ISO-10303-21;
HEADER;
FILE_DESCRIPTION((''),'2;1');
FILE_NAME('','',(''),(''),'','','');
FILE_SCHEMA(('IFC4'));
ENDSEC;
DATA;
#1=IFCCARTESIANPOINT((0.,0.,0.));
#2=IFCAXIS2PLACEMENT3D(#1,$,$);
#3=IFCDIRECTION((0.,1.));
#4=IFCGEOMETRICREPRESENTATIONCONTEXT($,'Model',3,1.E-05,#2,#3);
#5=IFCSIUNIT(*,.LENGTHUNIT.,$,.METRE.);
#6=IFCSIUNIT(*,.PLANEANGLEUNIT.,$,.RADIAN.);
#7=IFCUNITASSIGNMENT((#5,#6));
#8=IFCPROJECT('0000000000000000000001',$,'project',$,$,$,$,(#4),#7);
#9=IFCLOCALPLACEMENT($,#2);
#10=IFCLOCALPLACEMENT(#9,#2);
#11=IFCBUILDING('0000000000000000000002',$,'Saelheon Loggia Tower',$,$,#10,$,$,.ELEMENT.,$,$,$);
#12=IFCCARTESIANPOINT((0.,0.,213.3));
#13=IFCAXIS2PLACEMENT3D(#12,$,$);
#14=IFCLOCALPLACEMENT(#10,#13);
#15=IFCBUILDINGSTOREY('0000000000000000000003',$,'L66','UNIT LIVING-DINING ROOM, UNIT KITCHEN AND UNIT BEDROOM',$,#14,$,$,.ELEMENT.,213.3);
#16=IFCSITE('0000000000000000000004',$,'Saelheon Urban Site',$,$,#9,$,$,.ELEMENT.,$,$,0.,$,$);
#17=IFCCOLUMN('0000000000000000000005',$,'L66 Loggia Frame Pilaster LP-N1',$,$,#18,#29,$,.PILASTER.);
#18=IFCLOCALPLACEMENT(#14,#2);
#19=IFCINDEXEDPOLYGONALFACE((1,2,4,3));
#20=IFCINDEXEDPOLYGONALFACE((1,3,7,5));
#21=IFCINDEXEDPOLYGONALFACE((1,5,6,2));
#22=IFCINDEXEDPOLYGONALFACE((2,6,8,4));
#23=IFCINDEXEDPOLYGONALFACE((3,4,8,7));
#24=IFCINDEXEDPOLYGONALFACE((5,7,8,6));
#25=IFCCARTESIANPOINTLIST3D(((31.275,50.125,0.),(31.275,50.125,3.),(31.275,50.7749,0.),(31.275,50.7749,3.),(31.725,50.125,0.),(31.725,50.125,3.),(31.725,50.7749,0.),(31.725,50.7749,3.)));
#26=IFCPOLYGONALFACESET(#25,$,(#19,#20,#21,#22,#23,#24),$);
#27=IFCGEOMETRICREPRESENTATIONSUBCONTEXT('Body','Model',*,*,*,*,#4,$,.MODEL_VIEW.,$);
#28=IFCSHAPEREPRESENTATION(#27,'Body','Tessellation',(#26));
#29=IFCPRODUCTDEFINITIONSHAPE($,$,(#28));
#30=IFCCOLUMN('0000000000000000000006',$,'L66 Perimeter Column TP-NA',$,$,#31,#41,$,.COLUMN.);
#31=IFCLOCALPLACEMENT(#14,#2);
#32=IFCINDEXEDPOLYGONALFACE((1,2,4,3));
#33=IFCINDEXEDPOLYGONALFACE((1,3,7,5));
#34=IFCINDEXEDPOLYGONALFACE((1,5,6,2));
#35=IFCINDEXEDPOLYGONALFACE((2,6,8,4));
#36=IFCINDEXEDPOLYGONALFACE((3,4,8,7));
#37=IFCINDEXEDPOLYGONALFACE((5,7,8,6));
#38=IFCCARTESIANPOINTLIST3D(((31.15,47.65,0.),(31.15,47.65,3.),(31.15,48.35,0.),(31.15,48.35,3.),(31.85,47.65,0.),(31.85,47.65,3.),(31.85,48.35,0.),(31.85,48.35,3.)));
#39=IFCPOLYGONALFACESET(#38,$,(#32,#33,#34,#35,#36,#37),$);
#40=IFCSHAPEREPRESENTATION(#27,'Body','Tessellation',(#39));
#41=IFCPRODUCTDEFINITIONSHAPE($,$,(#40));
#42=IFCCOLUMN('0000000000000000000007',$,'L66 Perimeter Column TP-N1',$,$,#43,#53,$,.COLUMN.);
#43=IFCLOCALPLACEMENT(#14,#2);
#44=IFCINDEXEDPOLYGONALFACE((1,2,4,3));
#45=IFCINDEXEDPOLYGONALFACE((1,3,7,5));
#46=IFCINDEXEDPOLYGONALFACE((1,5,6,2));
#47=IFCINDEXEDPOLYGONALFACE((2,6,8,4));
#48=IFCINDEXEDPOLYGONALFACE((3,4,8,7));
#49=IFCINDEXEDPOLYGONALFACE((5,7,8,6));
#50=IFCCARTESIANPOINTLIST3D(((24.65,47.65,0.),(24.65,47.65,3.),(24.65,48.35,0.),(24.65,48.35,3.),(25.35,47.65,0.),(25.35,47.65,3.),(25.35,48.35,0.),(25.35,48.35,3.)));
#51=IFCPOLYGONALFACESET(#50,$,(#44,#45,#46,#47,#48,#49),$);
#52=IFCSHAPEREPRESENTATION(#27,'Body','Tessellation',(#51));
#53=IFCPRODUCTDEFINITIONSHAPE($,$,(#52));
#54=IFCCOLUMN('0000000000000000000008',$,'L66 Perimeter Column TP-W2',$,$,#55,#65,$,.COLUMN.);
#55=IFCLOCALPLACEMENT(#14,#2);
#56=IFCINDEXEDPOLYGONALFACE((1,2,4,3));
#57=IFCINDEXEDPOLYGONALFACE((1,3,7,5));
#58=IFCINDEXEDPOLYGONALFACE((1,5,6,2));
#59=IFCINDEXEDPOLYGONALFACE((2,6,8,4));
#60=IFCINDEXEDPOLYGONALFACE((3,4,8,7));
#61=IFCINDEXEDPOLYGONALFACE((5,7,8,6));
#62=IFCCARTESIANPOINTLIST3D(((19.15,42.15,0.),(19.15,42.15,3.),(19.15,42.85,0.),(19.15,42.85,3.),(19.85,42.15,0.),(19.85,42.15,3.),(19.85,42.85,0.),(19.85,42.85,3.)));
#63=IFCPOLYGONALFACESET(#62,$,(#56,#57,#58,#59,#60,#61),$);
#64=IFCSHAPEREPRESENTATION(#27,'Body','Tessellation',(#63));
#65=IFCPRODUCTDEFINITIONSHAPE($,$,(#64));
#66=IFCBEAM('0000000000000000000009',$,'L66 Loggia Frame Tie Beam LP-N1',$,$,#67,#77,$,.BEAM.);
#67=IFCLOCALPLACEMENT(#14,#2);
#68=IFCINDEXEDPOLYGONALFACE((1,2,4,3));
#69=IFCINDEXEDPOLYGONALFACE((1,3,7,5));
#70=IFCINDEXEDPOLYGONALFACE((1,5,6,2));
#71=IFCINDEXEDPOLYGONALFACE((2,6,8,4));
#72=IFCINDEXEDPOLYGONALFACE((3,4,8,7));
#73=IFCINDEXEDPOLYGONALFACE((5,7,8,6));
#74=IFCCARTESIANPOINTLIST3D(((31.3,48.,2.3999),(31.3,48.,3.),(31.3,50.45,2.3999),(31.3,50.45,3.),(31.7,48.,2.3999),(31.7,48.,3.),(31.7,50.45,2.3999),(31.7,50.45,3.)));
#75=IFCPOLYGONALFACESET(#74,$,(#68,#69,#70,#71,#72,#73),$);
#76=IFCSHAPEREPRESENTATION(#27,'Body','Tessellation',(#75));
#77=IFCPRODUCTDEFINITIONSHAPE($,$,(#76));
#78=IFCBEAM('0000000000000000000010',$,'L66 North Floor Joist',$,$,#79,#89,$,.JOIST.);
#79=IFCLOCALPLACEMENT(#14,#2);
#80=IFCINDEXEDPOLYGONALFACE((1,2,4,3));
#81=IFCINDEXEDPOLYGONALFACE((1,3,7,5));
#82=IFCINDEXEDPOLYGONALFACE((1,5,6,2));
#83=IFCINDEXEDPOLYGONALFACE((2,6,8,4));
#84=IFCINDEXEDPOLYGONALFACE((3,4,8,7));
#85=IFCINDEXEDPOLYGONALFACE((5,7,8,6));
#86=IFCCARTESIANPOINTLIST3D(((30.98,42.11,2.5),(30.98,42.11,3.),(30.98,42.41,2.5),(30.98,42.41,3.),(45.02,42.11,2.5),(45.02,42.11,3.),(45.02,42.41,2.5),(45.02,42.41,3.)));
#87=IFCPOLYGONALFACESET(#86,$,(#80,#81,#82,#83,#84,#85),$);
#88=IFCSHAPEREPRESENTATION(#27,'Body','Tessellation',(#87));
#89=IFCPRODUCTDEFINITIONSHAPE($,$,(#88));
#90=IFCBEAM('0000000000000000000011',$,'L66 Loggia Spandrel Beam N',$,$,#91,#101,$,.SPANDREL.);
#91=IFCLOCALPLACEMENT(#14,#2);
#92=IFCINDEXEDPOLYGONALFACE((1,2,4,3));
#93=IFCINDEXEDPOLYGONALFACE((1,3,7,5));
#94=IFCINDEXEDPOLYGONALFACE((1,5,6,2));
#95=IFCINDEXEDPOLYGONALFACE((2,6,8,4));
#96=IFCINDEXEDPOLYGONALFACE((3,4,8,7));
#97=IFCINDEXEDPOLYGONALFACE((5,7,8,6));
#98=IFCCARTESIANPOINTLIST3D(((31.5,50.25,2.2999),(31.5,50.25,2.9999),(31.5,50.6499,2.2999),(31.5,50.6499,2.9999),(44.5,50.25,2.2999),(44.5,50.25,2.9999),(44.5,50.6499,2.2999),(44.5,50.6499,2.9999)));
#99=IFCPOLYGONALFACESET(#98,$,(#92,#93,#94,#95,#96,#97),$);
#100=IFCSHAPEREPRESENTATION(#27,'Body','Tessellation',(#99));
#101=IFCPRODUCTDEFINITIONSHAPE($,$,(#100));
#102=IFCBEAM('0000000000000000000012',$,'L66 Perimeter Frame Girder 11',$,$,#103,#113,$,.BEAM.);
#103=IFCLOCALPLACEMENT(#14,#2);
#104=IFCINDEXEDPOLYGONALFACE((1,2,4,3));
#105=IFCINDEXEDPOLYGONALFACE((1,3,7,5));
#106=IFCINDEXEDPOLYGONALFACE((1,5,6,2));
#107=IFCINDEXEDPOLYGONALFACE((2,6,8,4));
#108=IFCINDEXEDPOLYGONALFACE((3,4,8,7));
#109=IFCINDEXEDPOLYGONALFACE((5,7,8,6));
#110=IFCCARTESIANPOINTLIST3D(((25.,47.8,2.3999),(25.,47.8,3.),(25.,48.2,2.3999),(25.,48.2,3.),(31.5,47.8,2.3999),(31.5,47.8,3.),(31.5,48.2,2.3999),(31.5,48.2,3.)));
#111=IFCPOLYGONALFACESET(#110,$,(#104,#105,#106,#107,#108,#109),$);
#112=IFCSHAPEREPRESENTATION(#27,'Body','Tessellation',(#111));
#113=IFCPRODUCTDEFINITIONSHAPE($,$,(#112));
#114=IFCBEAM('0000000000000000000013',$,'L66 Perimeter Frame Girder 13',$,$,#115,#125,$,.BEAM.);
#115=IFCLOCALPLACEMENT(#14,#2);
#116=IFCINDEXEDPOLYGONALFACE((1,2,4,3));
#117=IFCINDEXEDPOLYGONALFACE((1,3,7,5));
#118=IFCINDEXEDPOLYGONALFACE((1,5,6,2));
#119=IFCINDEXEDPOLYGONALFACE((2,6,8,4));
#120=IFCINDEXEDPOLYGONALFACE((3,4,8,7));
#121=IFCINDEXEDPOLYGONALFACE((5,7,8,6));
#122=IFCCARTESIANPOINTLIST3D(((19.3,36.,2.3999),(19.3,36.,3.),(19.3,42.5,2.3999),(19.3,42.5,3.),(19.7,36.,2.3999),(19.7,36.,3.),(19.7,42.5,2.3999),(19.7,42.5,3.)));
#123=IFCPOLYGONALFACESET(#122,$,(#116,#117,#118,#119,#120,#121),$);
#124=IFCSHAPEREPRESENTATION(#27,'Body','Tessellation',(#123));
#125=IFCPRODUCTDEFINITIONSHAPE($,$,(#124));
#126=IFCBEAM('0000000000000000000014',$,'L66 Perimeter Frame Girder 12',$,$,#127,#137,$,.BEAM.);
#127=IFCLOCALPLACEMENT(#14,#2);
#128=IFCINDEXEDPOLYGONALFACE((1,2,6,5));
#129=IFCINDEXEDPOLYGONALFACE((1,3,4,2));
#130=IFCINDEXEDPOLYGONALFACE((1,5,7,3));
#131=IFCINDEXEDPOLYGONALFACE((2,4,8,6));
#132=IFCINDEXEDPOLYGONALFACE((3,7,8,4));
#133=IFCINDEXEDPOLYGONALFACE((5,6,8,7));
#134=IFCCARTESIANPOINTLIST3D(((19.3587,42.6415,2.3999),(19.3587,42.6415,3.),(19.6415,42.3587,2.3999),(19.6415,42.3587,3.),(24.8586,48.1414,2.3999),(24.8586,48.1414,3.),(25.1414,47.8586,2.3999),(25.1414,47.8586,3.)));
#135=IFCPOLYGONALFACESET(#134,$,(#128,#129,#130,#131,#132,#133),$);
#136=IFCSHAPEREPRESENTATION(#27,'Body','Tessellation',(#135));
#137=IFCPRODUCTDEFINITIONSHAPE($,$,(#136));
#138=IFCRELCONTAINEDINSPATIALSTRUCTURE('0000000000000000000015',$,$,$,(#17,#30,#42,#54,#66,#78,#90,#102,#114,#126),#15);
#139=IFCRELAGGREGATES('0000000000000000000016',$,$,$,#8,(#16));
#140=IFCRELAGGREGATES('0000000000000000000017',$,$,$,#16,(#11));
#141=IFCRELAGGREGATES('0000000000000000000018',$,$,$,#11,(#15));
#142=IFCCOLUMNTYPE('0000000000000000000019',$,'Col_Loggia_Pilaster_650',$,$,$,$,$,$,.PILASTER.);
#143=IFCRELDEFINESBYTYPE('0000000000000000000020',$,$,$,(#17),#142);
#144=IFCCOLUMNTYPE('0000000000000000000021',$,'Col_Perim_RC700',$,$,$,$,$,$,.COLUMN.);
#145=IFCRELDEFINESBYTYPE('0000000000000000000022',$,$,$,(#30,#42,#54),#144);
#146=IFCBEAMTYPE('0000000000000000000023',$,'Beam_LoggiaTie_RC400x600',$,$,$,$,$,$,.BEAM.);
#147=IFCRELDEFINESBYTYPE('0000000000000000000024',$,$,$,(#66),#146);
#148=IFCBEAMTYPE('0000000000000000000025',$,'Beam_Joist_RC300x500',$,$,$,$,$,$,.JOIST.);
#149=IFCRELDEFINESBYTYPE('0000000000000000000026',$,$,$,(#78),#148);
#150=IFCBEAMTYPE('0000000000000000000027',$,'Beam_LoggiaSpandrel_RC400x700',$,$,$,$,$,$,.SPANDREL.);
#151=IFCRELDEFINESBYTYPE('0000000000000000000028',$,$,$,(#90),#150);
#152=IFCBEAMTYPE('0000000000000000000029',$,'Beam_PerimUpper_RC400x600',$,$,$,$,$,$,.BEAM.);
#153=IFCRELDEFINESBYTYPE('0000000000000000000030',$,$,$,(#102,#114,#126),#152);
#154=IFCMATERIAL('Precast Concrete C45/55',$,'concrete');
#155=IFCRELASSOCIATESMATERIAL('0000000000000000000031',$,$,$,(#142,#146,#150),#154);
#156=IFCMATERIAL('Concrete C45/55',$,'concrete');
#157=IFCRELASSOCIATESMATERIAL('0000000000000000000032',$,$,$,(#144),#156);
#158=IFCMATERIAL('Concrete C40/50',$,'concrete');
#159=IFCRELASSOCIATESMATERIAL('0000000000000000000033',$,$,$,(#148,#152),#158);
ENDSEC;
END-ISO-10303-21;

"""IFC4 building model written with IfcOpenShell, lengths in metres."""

from ifc_helpers import new_model, si_unit, direction, frame, origin, origin_2d, place, context, subcontext, project, spatial, rectangle, extrude, source, transform, mapped, material, material_profile, profile_set, type_object, element, save


model = new_model("IFC4")

# Units and contexts
model_context = context("Model", 3, precision=1e-05, world=origin(), true_north=direction((0.0, 1.0)))
body_context = subcontext(model_context, "Body", "Model", "MODEL_VIEW")
ifc_project = project(units=[si_unit("LENGTHUNIT", "METRE"), si_unit("PLANEANGLEUNIT", "RADIAN")], contexts=[model_context])

# Site, building, storey
site_placement = place(None, origin())
site = spatial("IfcSite", under=ifc_project, at=site_placement, Name="Saelheon Urban Site", CompositionType="ELEMENT", RefElevation=0.0)
building_placement = place(site_placement, origin())
building = spatial("IfcBuilding", under=site, at=building_placement, Name="Saelheon Loggia Tower", CompositionType="ELEMENT")
storey_placement = place(building_placement, frame((0.0, 0.0, 213.3)))
storey = spatial("IfcBuildingStorey", under=building, at=storey_placement, Name="L66", Description="UNIT LIVING-DINING ROOM, UNIT KITCHEN AND UNIT BEDROOM", CompositionType="ELEMENT", Elevation=213.3)

# Columns
ifc_material_1 = material(Name="Precast Concrete C45/55", Category="concrete")
ifc_material_profile_1 = material_profile(ifc_material_1, rectangle(XDim=0.45, YDim=0.6499, at=origin_2d()), Name="RC-450x650")
ifc_profile_set_1 = profile_set([ifc_material_profile_1], Name="Precast Concrete C45/55")
column_type_1 = type_object("IfcColumnType", Name="Col_Loggia_Pilaster_650", PredefinedType="PILASTER", material=ifc_profile_set_1)
shared_shape_1 = source(origin(), body_context, "Body", "SweptSolid", [
    extrude(rectangle(XDim=0.45, YDim=0.6499, at=origin_2d()), origin(), (0.0, 0.0, 1.0), 3.0),
])
column_placement = place(storey_placement, frame((31.5, 50.45, 0.0), z_axis=(0.0, 0.0, 1.0), x_axis=(1.0, 0.0, 0.0)))
element("IfcColumn", 1, at=column_placement, inside=storey, type_object=column_type_1, Name="L66 Loggia Frame Pilaster LP-N1", PredefinedType="PILASTER", context=body_context, shape_type="MappedRepresentation", body=[
    mapped(shared_shape_1, transform((0.0, 0.0, 0.0), scale=1.0)),
])
ifc_material_2 = material(Name="Concrete C45/55", Category="concrete")
ifc_material_profile_2 = material_profile(ifc_material_2, rectangle(XDim=0.7, YDim=0.7, at=origin_2d()), Name="RC-700x700")
ifc_profile_set_2 = profile_set([ifc_material_profile_2], Name="Concrete C45/55")
column_type_2 = type_object("IfcColumnType", Name="Col_Perim_RC700", PredefinedType="COLUMN", material=ifc_profile_set_2)
shared_shape_2 = source(origin(), body_context, "Body", "SweptSolid", [
    extrude(rectangle(XDim=0.7, YDim=0.7, at=origin_2d()), origin(), (0.0, 0.0, 1.0), 3.0),
])
for number, where, z_axis, x_axis, name in (
    (2, (31.5, 48.0, 0.0), (0.0, 0.0, 1.0), (1.0, 0.0, 0.0), "L66 Perimeter Column TP-NA"),
    (3, (25.0, 48.0, 0.0), (0.0, 0.0, 1.0), (1.0, 0.0, 0.0), "L66 Perimeter Column TP-N1"),
    (4, (19.5, 42.5, 0.0), (0.0, 0.0, 1.0), (1.0, 0.0, 0.0), "L66 Perimeter Column TP-W2"),
):
    element("IfcColumn", number, at=place(storey_placement, frame(where, z_axis=z_axis, x_axis=x_axis)), inside=storey, type_object=column_type_2, Name=name, PredefinedType="COLUMN", context=body_context, shape_type="MappedRepresentation", body=[
        mapped(shared_shape_2, transform((0.0, 0.0, 0.0), scale=1.0)),
    ])

# Beams
ifc_material_profile_3 = material_profile(ifc_material_1, rectangle(XDim=0.3999, YDim=0.6001, at=origin_2d()), Name="RC-400x600")
ifc_profile_set_3 = profile_set([ifc_material_profile_3], Name="Precast Concrete C45/55")
beam_type_1 = type_object("IfcBeamType", Name="Beam_LoggiaTie_RC400x600", PredefinedType="BEAM", material=ifc_profile_set_3)
shared_shape_3 = source(origin(), body_context, "Body", "SweptSolid", [
    extrude(rectangle(XDim=0.3999, YDim=0.6001, at=origin_2d()), origin(), (0.0, 0.0, 1.0), 2.45),
])
beam_1_placement = place(storey_placement, frame((31.5, 48.0, 2.7), z_axis=(0.0, 1.0, 0.0), x_axis=(-1.0, 0.0, 0.0)))
element("IfcBeam", 5, at=beam_1_placement, inside=storey, type_object=beam_type_1, Name="L66 Loggia Frame Tie Beam LP-N1", PredefinedType="BEAM", context=body_context, shape_type="MappedRepresentation", body=[
    mapped(shared_shape_3, transform((0.0, 0.0, 0.0), scale=1.0)),
])
ifc_material_3 = material(Name="Concrete C40/50", Category="concrete")
ifc_material_profile_4 = material_profile(ifc_material_3, rectangle(XDim=0.3, YDim=0.5, at=origin_2d()), Name="RC-300x500")
ifc_profile_set_4 = profile_set([ifc_material_profile_4], Name="Concrete C40/50")
beam_type_2 = type_object("IfcBeamType", Name="Beam_Joist_RC300x500", PredefinedType="JOIST", material=ifc_profile_set_4)
shared_shape_4 = source(origin(), body_context, "Body", "SweptSolid", [
    extrude(rectangle(XDim=0.3, YDim=0.5, at=origin_2d()), origin(), (0.0, 0.0, 1.0), 14.04),
])
beam_2_placement = place(storey_placement, frame((30.98, 42.26, 2.75), z_axis=(1.0, 0.0, 0.0), x_axis=(0.0, 1.0, 0.0)))
element("IfcBeam", 6, at=beam_2_placement, inside=storey, type_object=beam_type_2, Name="L66 North Floor Joist", PredefinedType="JOIST", context=body_context, shape_type="MappedRepresentation", body=[
    mapped(shared_shape_4, transform((0.0, 0.0, 0.0), scale=1.0)),
])
ifc_material_profile_5 = material_profile(ifc_material_1, rectangle(XDim=0.3999, YDim=0.7, at=origin_2d()), Name="RC-400x700")
ifc_profile_set_5 = profile_set([ifc_material_profile_5], Name="Precast Concrete C45/55")
beam_type_3 = type_object("IfcBeamType", Name="Beam_LoggiaSpandrel_RC400x700", PredefinedType="SPANDREL", material=ifc_profile_set_5)
shared_shape_5 = source(origin(), body_context, "Body", "SweptSolid", [
    extrude(rectangle(XDim=0.3999, YDim=0.7, at=origin_2d()), origin(), (0.0, 0.0, 1.0), 13.0),
])
beam_3_placement = place(storey_placement, frame((31.5, 50.45, 2.6499), z_axis=(1.0, 0.0, 0.0), x_axis=(0.0, 1.0, 0.0)))
element("IfcBeam", 7, at=beam_3_placement, inside=storey, type_object=beam_type_3, Name="L66 Loggia Spandrel Beam N", PredefinedType="SPANDREL", context=body_context, shape_type="MappedRepresentation", body=[
    mapped(shared_shape_5, transform((0.0, 0.0, 0.0), scale=1.0)),
])
ifc_material_profile_6 = material_profile(ifc_material_3, rectangle(XDim=0.3999, YDim=0.6001, at=origin_2d()), Name="RC-400x600")
ifc_profile_set_6 = profile_set([ifc_material_profile_6], Name="Concrete C40/50")
beam_type_4 = type_object("IfcBeamType", Name="Beam_PerimUpper_RC400x600", PredefinedType="BEAM", material=ifc_profile_set_6)
shared_shape_6 = source(origin(), body_context, "Body", "SweptSolid", [
    extrude(rectangle(XDim=0.3999, YDim=0.6001, at=origin_2d()), origin(), (0.0, 0.0, 1.0), 6.5),
])
for number, where, z_axis, x_axis, name in (
    (8, (31.5, 48.0, 2.7), (-1.0, 0.0, 0.0), (0.0, -1.0, 0.0), "L66 Perimeter Frame Girder 11"),
    (9, (19.5, 42.5, 2.7), (0.0, -1.0, 0.0), (1.0, 0.0, 0.0), "L66 Perimeter Frame Girder 13"),
):
    element("IfcBeam", number, at=place(storey_placement, frame(where, z_axis=z_axis, x_axis=x_axis)), inside=storey, type_object=beam_type_4, Name=name, PredefinedType="BEAM", context=body_context, shape_type="MappedRepresentation", body=[
        mapped(shared_shape_6, transform((0.0, 0.0, 0.0), scale=1.0)),
    ])
shared_shape_7 = source(origin(), body_context, "Body", "SweptSolid", [
    extrude(rectangle(XDim=0.3999, YDim=0.6001, at=origin_2d()), origin(), (0.0, 0.0, 1.0), 7.7781),
])
beam_4_placement = place(storey_placement, frame((25.0, 48.0, 2.7), z_axis=(-0.707107, -0.707107, 0.0), x_axis=(0.707107, -0.707107, 0.0)))
element("IfcBeam", 10, at=beam_4_placement, inside=storey, type_object=beam_type_4, Name="L66 Perimeter Frame Girder 12", PredefinedType="BEAM", context=body_context, shape_type="MappedRepresentation", body=[
    mapped(shared_shape_7, transform((0.0, 0.0, 0.0), scale=1.0)),
])

save(model, "model.ifc")
